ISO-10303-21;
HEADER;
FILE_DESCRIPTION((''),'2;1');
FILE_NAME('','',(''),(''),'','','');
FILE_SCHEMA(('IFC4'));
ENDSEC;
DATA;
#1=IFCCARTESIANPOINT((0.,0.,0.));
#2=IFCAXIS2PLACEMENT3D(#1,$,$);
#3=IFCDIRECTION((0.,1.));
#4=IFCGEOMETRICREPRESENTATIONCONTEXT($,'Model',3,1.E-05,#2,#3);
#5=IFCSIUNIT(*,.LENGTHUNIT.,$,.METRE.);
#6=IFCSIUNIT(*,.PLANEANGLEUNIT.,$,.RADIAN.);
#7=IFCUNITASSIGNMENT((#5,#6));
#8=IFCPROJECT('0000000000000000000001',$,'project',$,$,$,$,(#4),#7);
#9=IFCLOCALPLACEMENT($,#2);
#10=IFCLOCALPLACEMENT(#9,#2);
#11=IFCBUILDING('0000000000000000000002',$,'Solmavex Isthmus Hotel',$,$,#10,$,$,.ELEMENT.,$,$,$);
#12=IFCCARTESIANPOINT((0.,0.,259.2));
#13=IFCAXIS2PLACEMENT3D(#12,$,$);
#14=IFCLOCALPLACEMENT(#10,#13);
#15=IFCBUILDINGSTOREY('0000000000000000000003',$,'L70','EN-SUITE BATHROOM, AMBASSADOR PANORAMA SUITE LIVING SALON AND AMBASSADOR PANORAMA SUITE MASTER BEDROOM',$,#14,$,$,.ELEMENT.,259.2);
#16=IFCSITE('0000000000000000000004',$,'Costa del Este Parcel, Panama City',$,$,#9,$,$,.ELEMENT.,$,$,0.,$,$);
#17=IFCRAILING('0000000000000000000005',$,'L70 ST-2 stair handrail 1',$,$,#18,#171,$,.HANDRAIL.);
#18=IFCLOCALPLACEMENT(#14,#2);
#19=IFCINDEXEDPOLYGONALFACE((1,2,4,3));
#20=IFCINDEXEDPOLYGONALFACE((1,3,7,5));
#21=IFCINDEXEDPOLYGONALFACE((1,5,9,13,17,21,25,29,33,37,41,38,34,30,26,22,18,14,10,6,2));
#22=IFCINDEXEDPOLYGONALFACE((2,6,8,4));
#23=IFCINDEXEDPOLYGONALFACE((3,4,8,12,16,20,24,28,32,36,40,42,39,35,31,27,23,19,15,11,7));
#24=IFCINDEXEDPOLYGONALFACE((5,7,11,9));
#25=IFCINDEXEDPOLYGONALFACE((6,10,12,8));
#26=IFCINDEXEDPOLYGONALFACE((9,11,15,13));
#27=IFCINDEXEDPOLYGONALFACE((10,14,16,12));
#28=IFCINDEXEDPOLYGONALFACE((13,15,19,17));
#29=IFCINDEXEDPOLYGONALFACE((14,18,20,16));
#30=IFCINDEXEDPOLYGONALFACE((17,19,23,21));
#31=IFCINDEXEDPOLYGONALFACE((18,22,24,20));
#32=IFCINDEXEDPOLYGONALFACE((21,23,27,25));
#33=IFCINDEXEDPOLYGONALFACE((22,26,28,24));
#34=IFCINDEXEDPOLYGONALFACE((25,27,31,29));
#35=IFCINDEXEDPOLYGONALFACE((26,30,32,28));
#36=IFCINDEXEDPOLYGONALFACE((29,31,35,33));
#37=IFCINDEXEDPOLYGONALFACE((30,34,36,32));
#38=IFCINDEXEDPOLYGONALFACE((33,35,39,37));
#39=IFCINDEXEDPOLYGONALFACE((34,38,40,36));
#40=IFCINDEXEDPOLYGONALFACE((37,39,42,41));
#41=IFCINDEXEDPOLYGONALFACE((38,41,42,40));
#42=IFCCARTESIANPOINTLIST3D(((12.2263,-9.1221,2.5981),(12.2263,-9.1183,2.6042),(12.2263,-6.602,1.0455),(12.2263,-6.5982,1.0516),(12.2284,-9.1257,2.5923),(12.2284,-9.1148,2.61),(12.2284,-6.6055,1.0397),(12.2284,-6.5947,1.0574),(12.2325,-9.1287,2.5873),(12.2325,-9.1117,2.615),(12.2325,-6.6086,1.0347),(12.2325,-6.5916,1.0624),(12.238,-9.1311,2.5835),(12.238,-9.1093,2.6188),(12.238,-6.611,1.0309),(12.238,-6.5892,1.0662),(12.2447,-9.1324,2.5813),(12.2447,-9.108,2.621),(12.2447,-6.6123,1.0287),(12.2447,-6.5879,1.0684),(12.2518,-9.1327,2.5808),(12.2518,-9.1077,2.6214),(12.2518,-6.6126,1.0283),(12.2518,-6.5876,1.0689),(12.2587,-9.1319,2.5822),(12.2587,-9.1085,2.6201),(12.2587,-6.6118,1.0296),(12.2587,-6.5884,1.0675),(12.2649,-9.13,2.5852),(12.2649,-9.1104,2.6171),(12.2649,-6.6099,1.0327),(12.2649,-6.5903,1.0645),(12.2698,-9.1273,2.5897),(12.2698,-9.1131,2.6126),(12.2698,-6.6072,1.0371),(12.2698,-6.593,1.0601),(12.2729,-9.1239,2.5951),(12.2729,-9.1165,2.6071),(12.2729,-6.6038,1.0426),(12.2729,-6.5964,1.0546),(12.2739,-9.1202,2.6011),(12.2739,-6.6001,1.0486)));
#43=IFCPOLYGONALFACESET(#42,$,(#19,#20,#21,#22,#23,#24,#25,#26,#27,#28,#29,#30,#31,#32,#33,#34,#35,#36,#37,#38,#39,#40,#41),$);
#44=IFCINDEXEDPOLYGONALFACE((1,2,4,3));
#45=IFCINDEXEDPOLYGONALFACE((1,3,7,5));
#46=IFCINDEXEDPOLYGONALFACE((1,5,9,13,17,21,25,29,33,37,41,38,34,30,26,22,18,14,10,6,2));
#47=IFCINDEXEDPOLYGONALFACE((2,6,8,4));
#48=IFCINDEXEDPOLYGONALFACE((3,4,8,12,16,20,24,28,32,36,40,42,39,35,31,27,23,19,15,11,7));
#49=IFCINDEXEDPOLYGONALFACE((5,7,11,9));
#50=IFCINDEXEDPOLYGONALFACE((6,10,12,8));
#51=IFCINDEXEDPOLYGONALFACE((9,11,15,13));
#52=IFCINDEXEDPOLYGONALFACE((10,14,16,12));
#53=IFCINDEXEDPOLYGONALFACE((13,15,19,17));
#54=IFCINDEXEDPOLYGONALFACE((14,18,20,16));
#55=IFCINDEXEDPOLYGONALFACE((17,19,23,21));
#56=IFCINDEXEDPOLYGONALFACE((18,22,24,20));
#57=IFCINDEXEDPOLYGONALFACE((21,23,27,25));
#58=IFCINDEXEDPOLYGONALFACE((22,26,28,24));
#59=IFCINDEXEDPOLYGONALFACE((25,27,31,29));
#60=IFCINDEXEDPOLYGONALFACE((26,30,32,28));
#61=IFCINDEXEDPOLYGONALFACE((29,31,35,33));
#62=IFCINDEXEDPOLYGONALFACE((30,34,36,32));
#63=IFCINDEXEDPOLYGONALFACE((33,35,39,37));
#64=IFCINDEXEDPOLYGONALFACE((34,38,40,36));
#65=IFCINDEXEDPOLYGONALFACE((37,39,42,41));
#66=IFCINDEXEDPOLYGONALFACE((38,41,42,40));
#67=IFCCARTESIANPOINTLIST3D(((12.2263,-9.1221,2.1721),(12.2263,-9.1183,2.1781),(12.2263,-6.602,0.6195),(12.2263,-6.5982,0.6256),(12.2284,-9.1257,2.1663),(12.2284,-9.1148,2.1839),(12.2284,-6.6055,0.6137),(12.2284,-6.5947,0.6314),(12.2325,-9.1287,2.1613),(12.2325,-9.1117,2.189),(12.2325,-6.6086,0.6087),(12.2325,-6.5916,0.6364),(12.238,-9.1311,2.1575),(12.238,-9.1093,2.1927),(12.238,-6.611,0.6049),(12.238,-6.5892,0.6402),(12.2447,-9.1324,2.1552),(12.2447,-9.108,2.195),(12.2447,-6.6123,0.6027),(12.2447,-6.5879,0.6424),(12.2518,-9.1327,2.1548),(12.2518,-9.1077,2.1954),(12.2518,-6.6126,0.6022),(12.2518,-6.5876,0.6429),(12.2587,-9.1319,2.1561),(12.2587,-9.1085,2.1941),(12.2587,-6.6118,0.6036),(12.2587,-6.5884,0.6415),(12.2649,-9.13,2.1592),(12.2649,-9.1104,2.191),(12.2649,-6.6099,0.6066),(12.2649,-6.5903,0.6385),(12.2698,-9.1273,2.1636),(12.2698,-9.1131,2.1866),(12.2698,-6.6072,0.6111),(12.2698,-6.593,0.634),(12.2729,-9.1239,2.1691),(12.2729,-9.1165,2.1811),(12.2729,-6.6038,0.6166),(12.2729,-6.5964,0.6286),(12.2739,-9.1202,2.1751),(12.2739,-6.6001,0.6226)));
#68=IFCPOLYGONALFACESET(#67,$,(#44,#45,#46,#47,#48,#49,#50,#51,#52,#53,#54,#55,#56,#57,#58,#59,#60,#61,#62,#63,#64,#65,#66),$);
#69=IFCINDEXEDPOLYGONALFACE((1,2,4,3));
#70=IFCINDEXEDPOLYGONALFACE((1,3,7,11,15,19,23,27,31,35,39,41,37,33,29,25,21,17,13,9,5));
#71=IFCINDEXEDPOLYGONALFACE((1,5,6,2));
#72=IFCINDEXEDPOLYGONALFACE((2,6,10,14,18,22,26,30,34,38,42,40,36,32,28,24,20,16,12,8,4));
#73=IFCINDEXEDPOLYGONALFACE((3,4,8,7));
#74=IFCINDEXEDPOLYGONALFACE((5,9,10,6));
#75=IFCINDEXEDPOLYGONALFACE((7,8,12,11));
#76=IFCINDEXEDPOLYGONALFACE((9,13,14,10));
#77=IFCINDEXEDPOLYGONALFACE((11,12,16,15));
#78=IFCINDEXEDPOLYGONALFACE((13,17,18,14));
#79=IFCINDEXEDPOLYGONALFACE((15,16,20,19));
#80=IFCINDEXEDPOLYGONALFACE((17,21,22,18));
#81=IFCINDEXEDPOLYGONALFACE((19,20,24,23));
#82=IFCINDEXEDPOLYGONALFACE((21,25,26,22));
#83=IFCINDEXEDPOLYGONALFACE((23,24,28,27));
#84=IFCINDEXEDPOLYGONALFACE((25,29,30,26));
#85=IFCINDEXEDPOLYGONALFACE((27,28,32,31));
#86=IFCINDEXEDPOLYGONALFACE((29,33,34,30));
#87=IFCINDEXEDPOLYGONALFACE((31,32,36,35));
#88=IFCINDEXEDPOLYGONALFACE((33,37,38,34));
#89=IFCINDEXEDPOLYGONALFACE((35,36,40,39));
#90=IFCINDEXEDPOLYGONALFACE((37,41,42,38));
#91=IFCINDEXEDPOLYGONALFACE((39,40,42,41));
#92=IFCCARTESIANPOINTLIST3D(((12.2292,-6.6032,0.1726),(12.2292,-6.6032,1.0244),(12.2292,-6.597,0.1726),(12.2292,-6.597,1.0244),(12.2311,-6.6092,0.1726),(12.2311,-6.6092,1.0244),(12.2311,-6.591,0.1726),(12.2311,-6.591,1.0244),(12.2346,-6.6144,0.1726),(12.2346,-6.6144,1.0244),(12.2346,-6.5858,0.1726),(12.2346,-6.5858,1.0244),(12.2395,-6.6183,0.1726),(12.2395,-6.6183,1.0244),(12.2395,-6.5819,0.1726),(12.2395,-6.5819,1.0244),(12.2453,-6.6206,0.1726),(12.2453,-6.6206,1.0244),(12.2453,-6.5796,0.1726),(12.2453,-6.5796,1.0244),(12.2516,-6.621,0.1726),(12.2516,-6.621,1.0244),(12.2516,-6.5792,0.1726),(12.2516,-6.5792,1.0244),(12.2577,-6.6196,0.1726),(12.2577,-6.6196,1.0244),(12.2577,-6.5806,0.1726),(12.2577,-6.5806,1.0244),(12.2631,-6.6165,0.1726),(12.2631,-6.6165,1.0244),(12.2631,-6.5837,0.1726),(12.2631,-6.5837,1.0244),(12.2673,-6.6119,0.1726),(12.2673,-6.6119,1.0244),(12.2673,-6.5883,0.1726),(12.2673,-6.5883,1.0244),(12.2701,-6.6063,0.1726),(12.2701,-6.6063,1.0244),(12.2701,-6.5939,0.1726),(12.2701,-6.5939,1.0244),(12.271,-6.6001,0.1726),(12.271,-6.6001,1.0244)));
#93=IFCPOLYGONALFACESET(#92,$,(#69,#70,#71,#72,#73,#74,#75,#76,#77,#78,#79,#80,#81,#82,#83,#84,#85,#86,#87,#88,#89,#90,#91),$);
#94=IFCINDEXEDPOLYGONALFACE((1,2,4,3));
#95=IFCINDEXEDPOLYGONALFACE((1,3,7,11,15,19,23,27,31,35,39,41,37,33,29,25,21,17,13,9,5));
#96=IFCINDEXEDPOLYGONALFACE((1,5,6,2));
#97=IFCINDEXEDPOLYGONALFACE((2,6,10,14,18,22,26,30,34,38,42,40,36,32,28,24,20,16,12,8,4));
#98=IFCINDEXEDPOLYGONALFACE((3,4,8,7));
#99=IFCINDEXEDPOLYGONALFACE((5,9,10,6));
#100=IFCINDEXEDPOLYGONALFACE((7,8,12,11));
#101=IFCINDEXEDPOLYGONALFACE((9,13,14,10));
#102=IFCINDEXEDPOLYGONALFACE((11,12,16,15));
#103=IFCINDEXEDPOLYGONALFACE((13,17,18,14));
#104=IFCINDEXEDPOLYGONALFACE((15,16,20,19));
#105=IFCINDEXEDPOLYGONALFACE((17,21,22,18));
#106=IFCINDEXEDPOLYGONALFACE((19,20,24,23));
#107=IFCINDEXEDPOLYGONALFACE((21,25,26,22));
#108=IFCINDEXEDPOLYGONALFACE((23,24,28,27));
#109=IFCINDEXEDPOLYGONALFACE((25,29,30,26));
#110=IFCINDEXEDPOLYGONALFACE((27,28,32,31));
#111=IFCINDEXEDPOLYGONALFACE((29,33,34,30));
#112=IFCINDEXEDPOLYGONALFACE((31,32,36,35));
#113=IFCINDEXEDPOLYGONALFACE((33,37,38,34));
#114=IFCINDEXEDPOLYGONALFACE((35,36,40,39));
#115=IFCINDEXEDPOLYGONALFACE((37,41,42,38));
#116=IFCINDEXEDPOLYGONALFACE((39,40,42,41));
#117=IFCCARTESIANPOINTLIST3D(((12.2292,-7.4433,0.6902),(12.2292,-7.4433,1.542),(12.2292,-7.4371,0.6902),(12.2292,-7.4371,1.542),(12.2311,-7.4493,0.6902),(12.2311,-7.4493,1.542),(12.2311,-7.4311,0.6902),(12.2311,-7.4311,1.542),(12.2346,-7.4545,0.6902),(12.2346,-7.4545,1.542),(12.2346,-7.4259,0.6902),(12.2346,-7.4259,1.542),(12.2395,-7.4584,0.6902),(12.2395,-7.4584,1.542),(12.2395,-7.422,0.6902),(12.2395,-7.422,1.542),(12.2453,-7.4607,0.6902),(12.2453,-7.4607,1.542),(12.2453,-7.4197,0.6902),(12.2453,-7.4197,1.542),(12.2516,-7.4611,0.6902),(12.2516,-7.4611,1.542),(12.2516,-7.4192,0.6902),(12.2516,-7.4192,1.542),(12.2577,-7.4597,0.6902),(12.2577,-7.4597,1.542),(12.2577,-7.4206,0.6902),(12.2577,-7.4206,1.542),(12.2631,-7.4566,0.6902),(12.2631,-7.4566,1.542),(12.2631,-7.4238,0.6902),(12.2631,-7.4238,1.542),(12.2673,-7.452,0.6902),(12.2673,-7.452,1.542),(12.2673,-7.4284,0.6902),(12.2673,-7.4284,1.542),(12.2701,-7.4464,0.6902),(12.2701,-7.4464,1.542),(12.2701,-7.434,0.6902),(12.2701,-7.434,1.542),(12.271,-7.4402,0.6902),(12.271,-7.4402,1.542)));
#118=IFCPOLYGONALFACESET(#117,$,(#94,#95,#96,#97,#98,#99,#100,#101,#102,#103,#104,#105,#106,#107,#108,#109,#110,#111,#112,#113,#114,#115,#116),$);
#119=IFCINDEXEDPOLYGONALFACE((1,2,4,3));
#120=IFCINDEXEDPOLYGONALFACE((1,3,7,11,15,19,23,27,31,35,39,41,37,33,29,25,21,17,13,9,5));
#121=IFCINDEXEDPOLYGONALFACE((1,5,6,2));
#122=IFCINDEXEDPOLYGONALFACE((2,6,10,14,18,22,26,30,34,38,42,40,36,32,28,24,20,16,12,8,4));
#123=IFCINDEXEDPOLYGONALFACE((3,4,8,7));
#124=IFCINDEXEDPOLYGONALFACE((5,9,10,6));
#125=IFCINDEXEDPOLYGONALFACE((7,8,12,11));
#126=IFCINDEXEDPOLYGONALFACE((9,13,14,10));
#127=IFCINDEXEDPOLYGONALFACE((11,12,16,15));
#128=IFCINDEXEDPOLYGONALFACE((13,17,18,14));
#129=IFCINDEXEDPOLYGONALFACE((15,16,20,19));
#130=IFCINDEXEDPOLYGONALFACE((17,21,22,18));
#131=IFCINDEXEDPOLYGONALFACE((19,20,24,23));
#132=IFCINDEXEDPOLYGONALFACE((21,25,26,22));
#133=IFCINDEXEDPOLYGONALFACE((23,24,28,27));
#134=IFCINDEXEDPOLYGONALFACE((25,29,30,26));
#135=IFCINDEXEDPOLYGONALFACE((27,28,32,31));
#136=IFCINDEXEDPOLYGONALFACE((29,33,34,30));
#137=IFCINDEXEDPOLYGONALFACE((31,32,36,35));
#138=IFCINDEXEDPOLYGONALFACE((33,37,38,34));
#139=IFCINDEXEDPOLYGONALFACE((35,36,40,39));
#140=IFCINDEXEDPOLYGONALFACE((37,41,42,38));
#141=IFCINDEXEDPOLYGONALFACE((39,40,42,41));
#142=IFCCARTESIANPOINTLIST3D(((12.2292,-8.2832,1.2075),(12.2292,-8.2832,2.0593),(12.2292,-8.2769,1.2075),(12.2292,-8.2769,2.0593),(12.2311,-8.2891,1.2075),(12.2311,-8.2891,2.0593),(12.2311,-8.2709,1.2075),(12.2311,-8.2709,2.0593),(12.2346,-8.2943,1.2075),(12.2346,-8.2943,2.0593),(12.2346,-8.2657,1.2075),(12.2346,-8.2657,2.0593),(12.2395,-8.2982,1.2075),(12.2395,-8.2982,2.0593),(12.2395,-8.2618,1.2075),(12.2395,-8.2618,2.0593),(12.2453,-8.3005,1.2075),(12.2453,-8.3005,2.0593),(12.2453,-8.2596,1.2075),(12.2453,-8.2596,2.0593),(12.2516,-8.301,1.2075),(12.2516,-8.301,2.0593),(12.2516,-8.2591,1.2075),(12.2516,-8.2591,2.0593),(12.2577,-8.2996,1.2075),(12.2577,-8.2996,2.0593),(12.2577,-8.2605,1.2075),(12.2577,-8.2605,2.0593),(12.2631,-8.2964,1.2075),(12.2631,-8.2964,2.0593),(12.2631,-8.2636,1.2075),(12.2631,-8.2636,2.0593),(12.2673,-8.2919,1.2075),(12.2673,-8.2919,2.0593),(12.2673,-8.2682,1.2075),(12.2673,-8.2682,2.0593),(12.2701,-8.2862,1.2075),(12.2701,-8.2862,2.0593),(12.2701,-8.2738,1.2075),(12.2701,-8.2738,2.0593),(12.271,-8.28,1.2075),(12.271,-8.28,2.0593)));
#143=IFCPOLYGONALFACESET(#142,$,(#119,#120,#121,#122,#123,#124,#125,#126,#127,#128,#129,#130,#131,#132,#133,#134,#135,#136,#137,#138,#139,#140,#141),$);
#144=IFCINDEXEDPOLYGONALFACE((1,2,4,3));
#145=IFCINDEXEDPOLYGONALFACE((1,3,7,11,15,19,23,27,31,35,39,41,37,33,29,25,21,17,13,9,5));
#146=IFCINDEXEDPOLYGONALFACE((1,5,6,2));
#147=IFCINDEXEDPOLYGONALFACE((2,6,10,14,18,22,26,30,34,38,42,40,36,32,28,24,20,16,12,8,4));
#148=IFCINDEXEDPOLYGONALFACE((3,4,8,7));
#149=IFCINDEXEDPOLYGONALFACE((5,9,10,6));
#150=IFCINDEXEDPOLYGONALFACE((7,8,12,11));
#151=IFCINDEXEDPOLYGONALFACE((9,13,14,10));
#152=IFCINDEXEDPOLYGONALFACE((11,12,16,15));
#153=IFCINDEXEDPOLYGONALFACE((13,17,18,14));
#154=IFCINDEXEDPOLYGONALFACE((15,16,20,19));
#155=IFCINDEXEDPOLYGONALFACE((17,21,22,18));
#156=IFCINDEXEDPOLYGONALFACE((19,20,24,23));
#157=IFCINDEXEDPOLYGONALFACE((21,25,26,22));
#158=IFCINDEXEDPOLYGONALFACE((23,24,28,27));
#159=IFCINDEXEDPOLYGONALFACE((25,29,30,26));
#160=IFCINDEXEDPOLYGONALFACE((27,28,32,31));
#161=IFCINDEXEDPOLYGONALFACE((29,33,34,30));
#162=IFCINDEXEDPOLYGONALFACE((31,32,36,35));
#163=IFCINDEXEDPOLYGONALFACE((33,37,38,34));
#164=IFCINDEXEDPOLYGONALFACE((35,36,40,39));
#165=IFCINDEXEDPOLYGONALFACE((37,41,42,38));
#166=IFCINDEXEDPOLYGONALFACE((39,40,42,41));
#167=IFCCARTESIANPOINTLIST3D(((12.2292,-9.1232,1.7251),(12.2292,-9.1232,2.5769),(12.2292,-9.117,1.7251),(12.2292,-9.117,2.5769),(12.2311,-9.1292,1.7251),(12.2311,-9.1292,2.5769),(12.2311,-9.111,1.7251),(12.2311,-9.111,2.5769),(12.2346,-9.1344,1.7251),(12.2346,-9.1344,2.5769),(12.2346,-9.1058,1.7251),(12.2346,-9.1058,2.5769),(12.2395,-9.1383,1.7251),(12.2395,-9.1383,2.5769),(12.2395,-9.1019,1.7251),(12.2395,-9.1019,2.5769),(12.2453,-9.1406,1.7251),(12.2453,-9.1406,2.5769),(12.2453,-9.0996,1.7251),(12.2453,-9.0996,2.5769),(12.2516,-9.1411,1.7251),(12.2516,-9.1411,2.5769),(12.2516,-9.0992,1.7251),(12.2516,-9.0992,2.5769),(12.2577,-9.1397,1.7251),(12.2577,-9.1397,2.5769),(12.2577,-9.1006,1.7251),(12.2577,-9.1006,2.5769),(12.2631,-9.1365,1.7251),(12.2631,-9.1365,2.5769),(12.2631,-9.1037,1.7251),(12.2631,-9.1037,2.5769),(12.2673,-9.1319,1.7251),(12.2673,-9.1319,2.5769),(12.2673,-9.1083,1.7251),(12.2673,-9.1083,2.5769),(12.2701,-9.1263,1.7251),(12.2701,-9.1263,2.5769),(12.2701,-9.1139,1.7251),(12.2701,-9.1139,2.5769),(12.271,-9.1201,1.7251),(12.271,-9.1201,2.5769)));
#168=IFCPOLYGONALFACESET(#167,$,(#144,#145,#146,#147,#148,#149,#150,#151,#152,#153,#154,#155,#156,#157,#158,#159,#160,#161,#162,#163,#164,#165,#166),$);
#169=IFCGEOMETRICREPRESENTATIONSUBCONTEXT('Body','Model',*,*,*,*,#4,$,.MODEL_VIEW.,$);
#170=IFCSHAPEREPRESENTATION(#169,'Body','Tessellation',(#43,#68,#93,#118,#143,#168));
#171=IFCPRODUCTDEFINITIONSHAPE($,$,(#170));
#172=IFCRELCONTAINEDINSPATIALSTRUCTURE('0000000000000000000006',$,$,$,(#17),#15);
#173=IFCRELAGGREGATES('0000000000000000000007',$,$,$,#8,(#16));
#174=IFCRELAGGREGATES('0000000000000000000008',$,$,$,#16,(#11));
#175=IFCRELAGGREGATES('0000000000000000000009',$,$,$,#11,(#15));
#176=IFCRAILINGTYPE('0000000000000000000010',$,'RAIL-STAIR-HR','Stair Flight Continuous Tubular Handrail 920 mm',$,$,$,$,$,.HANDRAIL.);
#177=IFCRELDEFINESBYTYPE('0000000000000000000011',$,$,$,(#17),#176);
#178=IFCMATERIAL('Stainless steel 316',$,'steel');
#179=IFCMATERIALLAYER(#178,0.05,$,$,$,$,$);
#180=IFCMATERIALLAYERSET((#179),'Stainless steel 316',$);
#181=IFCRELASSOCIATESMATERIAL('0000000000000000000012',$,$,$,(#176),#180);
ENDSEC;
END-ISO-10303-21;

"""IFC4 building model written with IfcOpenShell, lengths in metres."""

from ifc_helpers import new_model, si_unit, direction, frame, origin, origin_2d, place, context, subcontext, project, spatial, circle, extrude, material, layer, layer_set, type_object, element, save


model = new_model("IFC4")

# Units and contexts
model_context = context("Model", 3, precision=1e-05, world=origin(), true_north=direction((0.0, 1.0)))
body_context = subcontext(model_context, "Body", "Model", "MODEL_VIEW")
ifc_project = project(units=[si_unit("LENGTHUNIT", "METRE"), si_unit("PLANEANGLEUNIT", "RADIAN")], contexts=[model_context])

# Site, building, storey
site_placement = place(None, origin())
site = spatial("IfcSite", under=ifc_project, at=site_placement, Name="Costa del Este Parcel, Panama City", CompositionType="ELEMENT", RefElevation=0.0)
building_placement = place(site_placement, origin())
building = spatial("IfcBuilding", under=site, at=building_placement, Name="Solmavex Isthmus Hotel", CompositionType="ELEMENT")
storey_placement = place(building_placement, frame((0.0, 0.0, 259.2)))
storey = spatial("IfcBuildingStorey", under=building, at=storey_placement, Name="L70", Description="EN-SUITE BATHROOM, AMBASSADOR PANORAMA SUITE LIVING SALON AND AMBASSADOR PANORAMA SUITE MASTER BEDROOM", CompositionType="ELEMENT", Elevation=259.2)

# Railing
ifc_material_1 = material(Name="Stainless steel 316", Category="steel")
ifc_layer_1 = layer(ifc_material_1, 0.05)
ifc_layer_set_1 = layer_set([ifc_layer_1], Name="Stainless steel 316")
railing_type_1 = type_object("IfcRailingType", Name="RAIL-STAIR-HR", Description="Stair Flight Continuous Tubular Handrail 920 mm", PredefinedType="HANDRAIL", material=ifc_layer_set_1)
railing_1_placement = place(storey_placement, frame((12.25, -6.6001, 0.1726)))
element("IfcRailing", 1, at=railing_1_placement, inside=storey, type_object=railing_type_1, Name="L70 ST-2 stair handrail 1", PredefinedType="HANDRAIL", context=body_context, shape_type="SweptSolid", body=[
    extrude(circle(Radius=0.0239, at=origin_2d()), frame((0.0, 0.0, 0.876), z_axis=(0.0, -0.8514, 0.524516), x_axis=(1.0, 0.0, 0.0)), (0.0, 0.0, 1.0), 2.96),
    extrude(circle(Radius=0.0239, at=origin_2d()), frame((0.0, 0.0, 0.45), z_axis=(0.0, -0.8514, 0.524516), x_axis=(1.0, 0.0, 0.0)), (0.0, 0.0, 1.0), 2.96),
    extrude(circle(Radius=0.021, at=origin_2d()), origin(), (0.0, 0.0, 1.0), 0.8518),
    extrude(circle(Radius=0.021, at=origin_2d()), frame((0.0, -0.8401, 0.5176)), (0.0, 0.0, 1.0), 0.8518),
    extrude(circle(Radius=0.021, at=origin_2d()), frame((0.0, -1.6799, 1.0349)), (0.0, 0.0, 1.0), 0.8518),
    extrude(circle(Radius=0.021, at=origin_2d()), frame((0.0, -2.52, 1.5525)), (0.0, 0.0, 1.0), 0.8518),
])

save(model, "model.ifc")
